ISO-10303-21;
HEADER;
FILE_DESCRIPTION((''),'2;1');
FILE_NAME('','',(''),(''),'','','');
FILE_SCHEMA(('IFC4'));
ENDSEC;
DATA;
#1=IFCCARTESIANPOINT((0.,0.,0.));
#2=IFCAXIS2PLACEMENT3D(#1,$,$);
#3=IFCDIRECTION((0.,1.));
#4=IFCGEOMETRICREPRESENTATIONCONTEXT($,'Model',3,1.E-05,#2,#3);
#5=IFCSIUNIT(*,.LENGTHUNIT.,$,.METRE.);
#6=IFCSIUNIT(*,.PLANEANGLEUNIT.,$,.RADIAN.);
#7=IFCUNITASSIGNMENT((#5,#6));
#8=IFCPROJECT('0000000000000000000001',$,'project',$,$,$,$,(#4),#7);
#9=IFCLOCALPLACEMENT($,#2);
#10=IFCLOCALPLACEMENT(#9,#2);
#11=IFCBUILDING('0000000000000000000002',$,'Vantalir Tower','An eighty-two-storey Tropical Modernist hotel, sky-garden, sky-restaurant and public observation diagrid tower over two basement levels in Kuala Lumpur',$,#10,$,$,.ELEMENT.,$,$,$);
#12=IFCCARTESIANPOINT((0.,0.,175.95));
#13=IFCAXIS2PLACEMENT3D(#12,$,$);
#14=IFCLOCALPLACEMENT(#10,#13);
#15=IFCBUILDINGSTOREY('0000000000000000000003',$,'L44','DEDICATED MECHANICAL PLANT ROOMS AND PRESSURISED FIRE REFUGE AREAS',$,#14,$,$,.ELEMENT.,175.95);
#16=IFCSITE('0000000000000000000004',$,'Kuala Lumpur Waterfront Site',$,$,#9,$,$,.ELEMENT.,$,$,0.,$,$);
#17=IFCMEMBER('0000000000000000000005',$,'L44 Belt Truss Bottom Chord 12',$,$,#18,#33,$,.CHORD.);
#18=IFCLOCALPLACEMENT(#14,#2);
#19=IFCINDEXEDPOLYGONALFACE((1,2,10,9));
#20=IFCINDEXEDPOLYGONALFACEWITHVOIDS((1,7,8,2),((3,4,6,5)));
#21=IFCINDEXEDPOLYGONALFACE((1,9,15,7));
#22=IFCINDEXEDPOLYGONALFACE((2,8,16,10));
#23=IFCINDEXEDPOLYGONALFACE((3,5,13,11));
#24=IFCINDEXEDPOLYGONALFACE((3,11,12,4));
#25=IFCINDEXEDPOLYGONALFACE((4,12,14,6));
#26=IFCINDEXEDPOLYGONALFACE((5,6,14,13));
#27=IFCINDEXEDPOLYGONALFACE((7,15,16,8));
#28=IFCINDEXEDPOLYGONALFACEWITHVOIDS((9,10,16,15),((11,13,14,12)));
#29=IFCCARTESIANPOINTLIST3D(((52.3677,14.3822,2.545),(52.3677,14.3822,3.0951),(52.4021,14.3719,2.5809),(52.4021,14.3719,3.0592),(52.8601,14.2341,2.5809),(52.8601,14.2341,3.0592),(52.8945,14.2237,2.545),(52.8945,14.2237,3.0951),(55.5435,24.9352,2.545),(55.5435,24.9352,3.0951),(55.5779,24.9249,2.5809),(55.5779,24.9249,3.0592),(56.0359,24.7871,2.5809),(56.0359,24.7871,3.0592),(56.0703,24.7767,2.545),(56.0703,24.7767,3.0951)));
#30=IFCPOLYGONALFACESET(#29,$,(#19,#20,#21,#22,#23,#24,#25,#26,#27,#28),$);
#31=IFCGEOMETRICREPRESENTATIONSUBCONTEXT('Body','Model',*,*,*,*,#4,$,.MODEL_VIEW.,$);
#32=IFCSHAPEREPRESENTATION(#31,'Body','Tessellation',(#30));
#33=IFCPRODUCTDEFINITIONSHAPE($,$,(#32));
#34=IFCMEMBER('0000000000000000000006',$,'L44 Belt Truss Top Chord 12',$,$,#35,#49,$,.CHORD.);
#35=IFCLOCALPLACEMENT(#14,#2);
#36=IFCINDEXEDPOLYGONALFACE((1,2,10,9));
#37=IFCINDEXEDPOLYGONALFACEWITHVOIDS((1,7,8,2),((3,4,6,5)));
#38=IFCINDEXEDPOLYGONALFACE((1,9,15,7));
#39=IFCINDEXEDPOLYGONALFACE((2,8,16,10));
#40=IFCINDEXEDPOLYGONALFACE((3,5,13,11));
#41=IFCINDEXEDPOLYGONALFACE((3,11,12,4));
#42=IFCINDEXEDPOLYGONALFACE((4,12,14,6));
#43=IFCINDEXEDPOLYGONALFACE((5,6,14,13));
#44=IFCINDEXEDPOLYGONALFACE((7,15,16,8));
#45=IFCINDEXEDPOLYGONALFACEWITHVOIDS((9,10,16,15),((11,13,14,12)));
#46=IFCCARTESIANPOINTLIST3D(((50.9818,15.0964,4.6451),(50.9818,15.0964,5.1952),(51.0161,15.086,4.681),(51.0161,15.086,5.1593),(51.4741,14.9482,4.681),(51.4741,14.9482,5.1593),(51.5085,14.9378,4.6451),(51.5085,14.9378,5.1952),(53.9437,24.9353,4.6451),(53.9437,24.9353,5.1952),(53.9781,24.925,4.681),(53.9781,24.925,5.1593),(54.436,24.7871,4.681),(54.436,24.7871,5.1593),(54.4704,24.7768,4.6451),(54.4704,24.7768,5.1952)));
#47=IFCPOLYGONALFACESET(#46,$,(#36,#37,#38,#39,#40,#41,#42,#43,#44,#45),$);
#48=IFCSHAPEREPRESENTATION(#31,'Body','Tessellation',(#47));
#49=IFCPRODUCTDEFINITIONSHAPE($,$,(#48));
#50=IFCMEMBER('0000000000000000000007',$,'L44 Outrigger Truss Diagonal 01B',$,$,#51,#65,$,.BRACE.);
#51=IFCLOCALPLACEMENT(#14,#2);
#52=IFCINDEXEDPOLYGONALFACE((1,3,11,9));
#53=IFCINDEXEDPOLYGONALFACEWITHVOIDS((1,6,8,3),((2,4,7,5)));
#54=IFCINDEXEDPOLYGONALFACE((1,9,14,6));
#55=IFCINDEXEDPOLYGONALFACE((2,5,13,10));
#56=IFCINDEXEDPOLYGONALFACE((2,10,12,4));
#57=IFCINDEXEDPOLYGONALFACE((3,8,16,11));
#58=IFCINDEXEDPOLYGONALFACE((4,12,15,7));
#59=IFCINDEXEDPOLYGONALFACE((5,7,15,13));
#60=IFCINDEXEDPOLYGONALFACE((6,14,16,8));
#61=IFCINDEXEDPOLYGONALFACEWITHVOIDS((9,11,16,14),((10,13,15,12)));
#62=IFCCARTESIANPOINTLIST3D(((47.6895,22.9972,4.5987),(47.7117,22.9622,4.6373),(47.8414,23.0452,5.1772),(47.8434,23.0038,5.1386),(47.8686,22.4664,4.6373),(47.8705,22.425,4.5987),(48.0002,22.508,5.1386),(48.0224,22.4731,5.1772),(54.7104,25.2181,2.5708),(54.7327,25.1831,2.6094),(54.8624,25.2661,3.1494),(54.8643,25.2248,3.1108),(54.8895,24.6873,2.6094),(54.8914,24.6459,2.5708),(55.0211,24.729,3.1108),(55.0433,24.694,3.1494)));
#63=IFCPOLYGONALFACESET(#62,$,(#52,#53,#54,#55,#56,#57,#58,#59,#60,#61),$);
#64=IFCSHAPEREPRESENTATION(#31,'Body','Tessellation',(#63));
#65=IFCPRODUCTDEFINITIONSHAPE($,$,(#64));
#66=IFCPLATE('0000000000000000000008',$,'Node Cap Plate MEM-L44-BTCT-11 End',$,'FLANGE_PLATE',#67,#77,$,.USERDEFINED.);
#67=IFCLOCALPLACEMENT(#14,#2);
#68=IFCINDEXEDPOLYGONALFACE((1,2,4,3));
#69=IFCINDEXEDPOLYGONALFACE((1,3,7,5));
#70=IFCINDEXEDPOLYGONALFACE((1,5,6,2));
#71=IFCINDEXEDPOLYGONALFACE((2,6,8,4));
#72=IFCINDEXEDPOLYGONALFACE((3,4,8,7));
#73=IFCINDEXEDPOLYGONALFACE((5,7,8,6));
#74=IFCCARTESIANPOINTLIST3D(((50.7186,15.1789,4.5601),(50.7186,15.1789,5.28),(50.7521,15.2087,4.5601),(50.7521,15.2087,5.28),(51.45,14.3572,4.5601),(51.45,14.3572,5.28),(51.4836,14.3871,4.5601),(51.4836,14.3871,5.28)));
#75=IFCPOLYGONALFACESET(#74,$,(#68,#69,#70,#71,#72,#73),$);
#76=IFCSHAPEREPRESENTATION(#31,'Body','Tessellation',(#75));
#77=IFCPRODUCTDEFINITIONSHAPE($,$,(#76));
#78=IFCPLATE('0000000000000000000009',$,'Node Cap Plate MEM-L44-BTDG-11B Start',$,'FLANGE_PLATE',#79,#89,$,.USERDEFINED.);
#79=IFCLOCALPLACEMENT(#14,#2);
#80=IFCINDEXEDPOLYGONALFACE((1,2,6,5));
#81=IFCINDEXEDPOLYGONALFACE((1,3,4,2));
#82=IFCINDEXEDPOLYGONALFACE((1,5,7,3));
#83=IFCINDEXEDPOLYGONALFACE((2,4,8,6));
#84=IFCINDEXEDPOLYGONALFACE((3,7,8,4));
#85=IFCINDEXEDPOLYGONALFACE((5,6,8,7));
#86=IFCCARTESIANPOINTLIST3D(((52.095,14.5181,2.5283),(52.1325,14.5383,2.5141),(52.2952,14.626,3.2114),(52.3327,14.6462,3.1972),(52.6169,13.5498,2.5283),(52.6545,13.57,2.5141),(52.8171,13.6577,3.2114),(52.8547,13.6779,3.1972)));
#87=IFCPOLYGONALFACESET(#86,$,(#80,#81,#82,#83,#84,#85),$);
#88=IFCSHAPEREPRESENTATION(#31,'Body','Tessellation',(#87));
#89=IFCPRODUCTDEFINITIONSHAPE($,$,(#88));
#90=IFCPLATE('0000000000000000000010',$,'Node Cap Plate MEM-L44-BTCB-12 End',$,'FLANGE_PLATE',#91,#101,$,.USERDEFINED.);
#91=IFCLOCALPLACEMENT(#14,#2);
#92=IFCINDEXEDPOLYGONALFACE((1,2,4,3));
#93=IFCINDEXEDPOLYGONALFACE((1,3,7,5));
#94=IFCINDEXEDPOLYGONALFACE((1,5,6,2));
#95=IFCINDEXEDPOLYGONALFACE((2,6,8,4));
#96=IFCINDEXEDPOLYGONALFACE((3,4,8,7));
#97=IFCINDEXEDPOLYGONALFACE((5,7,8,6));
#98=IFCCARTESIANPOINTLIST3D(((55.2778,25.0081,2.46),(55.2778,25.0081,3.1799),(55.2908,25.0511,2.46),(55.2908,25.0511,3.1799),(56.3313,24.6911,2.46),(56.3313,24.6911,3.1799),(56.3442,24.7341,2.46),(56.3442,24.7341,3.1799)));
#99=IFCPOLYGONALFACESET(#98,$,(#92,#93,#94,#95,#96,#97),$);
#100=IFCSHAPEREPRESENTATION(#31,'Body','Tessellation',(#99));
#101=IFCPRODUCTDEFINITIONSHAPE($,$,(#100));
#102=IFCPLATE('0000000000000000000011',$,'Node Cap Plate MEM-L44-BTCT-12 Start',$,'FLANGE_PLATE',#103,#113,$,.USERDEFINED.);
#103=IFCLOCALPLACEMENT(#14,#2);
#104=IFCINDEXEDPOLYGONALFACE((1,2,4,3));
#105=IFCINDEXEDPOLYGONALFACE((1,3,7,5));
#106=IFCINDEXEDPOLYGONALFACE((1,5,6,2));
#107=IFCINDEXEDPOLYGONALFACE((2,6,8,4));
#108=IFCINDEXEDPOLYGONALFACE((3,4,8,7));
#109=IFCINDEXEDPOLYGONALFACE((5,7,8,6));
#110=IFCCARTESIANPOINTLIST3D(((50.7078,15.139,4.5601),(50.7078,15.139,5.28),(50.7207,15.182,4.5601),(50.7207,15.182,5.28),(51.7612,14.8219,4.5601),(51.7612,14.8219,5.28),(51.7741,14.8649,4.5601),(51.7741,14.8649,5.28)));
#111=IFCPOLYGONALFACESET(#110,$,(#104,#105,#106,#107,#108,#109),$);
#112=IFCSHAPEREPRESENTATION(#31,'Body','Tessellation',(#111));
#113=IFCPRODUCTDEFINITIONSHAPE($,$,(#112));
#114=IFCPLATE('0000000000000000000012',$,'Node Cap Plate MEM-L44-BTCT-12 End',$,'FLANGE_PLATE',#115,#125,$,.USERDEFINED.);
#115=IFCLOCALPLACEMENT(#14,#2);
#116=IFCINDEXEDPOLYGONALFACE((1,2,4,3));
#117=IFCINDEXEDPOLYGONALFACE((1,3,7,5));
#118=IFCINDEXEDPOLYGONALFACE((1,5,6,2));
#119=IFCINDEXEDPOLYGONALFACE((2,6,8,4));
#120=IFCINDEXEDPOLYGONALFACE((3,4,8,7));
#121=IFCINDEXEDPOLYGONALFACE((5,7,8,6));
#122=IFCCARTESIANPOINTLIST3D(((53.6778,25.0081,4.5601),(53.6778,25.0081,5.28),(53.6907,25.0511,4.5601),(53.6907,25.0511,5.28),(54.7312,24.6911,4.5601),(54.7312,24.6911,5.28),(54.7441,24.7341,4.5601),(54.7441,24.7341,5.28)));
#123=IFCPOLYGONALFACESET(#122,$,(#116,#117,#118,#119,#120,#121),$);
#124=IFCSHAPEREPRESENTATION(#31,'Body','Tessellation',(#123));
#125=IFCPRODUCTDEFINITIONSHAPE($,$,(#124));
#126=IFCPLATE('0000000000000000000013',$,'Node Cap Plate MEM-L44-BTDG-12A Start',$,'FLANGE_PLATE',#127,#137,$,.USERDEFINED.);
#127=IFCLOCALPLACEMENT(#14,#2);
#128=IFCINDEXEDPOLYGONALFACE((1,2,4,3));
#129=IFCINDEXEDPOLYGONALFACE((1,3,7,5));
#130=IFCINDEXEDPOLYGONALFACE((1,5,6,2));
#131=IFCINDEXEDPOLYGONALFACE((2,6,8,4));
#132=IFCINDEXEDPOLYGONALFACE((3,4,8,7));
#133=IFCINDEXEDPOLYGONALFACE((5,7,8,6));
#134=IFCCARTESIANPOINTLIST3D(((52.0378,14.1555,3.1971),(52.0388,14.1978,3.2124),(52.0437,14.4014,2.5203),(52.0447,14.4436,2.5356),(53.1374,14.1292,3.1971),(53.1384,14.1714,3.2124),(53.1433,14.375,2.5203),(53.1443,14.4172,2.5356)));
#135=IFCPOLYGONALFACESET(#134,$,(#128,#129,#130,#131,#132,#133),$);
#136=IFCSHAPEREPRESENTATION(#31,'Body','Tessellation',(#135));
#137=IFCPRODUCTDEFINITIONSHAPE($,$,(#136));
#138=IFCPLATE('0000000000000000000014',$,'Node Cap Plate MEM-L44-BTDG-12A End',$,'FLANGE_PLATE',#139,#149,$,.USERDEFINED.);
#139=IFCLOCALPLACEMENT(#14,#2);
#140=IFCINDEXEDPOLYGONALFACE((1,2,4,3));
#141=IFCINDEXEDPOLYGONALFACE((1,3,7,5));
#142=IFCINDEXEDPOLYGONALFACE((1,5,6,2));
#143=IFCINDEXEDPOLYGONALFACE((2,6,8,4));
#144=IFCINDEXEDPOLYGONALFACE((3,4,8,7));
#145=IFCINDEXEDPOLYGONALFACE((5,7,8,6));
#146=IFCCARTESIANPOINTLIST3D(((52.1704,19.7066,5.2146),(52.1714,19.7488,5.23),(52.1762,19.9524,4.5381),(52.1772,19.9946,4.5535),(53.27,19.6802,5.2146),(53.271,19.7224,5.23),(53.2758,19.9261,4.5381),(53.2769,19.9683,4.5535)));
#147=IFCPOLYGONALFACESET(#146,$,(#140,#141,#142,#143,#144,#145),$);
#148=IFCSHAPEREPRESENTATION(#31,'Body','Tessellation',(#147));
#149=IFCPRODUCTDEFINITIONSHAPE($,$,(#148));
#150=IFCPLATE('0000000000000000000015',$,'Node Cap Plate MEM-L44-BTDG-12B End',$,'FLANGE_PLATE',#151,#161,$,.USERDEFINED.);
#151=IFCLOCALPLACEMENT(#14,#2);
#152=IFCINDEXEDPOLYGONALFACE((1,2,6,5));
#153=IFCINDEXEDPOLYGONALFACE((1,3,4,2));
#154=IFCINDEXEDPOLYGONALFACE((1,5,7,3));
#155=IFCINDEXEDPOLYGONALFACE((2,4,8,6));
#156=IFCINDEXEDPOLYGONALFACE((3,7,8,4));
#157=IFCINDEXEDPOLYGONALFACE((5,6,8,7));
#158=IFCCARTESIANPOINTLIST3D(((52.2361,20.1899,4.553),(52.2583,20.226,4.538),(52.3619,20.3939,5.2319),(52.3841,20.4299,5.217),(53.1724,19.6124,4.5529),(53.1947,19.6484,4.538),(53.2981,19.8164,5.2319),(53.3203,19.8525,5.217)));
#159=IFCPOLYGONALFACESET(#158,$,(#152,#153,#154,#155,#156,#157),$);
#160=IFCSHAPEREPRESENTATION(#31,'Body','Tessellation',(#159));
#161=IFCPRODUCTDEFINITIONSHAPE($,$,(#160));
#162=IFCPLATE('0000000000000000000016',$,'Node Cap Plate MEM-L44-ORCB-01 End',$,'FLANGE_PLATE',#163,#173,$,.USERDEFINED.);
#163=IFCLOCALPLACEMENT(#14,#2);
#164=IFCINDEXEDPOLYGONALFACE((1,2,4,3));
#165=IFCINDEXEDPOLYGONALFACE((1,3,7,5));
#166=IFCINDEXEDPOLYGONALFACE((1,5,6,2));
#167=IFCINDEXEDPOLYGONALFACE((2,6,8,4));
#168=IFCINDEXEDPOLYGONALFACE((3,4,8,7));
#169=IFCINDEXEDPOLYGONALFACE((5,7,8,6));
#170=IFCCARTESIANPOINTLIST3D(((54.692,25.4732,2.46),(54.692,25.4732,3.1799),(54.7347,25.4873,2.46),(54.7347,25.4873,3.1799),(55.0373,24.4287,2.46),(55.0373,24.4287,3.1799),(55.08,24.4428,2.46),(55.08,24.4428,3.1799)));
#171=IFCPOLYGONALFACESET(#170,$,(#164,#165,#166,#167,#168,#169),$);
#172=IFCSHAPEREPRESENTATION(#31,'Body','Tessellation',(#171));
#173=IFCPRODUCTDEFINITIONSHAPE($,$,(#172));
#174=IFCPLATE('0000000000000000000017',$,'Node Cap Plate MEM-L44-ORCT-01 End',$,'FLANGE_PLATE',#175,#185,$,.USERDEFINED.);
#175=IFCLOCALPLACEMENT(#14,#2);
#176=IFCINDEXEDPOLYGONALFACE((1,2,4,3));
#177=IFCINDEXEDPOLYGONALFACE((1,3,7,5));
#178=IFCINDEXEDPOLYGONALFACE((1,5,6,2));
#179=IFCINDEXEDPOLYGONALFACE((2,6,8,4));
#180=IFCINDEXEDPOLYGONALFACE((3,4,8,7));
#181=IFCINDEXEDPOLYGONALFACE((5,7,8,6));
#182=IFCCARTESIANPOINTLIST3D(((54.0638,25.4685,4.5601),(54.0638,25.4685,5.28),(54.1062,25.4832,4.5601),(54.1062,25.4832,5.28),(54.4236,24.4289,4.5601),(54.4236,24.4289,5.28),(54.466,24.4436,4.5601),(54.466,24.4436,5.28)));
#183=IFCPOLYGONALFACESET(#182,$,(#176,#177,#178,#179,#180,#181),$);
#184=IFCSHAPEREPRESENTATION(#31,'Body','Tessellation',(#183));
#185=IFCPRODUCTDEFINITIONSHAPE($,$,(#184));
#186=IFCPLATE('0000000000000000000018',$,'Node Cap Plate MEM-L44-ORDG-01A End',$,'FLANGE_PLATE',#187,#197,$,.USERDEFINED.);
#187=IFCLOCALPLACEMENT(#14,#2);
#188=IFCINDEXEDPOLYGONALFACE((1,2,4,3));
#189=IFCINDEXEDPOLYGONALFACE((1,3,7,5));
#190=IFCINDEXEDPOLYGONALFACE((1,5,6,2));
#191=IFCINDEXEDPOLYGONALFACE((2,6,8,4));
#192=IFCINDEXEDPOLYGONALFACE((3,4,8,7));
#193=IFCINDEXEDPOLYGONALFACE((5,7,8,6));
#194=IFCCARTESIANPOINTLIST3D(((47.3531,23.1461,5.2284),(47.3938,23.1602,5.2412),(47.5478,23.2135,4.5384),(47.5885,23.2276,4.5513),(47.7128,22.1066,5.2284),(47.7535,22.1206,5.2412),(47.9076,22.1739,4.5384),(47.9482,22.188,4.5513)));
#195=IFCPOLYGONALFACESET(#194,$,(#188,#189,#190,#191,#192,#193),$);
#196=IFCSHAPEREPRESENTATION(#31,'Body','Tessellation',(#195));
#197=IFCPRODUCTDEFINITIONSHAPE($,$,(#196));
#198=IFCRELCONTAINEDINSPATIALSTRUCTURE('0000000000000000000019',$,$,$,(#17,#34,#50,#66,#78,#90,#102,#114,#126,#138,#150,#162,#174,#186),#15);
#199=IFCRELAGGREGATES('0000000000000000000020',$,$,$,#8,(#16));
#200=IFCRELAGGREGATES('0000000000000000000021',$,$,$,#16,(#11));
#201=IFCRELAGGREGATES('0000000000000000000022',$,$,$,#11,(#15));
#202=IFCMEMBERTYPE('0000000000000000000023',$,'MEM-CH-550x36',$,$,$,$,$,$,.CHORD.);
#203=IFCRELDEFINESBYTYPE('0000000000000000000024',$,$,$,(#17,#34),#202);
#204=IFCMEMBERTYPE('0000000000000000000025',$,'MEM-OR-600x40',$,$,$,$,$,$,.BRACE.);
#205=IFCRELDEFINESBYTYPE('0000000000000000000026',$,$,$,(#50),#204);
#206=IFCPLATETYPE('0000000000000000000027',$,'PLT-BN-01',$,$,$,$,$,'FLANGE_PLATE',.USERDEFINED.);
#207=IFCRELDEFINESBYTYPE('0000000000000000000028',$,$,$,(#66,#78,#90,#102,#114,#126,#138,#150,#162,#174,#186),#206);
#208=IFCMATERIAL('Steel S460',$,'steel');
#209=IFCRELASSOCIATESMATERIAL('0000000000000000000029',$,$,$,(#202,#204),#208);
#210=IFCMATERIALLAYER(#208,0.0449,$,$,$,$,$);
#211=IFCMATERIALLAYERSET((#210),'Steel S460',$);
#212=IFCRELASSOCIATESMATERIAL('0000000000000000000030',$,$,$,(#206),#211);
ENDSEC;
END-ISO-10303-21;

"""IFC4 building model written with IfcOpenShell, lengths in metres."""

from ifc_helpers import new_model, si_unit, direction, frame, origin, origin_2d, place, context, subcontext, project, spatial, polyline, rectangle, hollow_rectangle, outline, extrude, material, layer, layer_set, material_profile, profile_set, type_object, element, save


model = new_model("IFC4")

# Units and contexts
model_context = context("Model", 3, precision=1e-05, world=origin(), true_north=direction((0.0, 1.0)))
body_context = subcontext(model_context, "Body", "Model", "MODEL_VIEW")
ifc_project = project(units=[si_unit("LENGTHUNIT", "METRE"), si_unit("PLANEANGLEUNIT", "RADIAN")], contexts=[model_context])

# Site, building, storey
site_placement = place(None, origin())
site = spatial("IfcSite", under=ifc_project, at=site_placement, Name="Kuala Lumpur Waterfront Site", CompositionType="ELEMENT", RefElevation=0.0)
building_placement = place(site_placement, origin())
building = spatial("IfcBuilding", under=site, at=building_placement, Name="Vantalir Tower", Description="An eighty-two-storey Tropical Modernist hotel, sky-garden, sky-restaurant and public observation diagrid tower over two basement levels in Kuala Lumpur", CompositionType="ELEMENT")
storey_placement = place(building_placement, frame((0.0, 0.0, 175.95)))
storey = spatial("IfcBuildingStorey", under=building, at=storey_placement, Name="L44", Description="DEDICATED MECHANICAL PLANT ROOMS AND PRESSURISED FIRE REFUGE AREAS", CompositionType="ELEMENT", Elevation=175.95)

# Shared definitions
ifc_material_1 = material(Name="Steel S460", Category="steel")

# Members
ifc_material_profile_1 = material_profile(ifc_material_1, hollow_rectangle(XDim=0.55, YDim=0.55, WallThickness=0.0359, at=origin_2d()), Name="Steel S460")
ifc_profile_set_1 = profile_set([ifc_material_profile_1], Name="Steel S460")
member_type_1 = type_object("IfcMemberType", Name="MEM-CH-550x36", PredefinedType="CHORD", material=ifc_profile_set_1)
member_1_placement = place(storey_placement, frame((52.6311, 14.303, 2.8201), z_axis=(0.288171, 0.957579, 0.0), x_axis=(-0.957579, 0.288171, 0.0)))
element("IfcMember", 1, at=member_1_placement, inside=storey, type_object=member_type_1, Name="L44 Belt Truss Bottom Chord 12", PredefinedType="CHORD", context=body_context, shape_type="SweptSolid", body=[
    extrude(hollow_rectangle(XDim=0.55, YDim=0.55, WallThickness=0.0359, at=origin_2d()), origin(), (0.0, 0.0, 1.0), 11.0205),
])
member_2_placement = place(storey_placement, frame((51.2451, 15.0171, 4.9202), z_axis=(0.288263, 0.957551, 0.0), x_axis=(-0.957551, 0.288263, 0.0)))
element("IfcMember", 2, at=member_2_placement, inside=storey, type_object=member_type_1, Name="L44 Belt Truss Top Chord 12", PredefinedType="CHORD", context=body_context, shape_type="SweptSolid", body=[
    extrude(hollow_rectangle(XDim=0.55, YDim=0.55, WallThickness=0.0359, at=origin_2d()), origin(), (0.0, 0.0, 1.0), 10.2751),
])
ifc_material_profile_2 = material_profile(ifc_material_1, hollow_rectangle(XDim=0.6001, YDim=0.6001, WallThickness=0.04, at=origin_2d()), Name="Steel S460")
ifc_profile_set_2 = profile_set([ifc_material_profile_2], Name="Steel S460")
member_type_2 = type_object("IfcMemberType", Name="MEM-OR-600x40", PredefinedType="BRACE", material=ifc_profile_set_2)
member_3_placement = place(storey_placement, frame((47.856, 22.7351, 4.8879), z_axis=(0.919219, 0.290776, -0.265492), x_axis=(-0.301599, 0.953435, 0.0)))
element("IfcMember", 3, at=member_3_placement, inside=storey, type_object=member_type_2, Name="L44 Outrigger Truss Diagonal 01B", PredefinedType="BRACE", context=body_context, shape_type="SweptSolid", body=[
    extrude(hollow_rectangle(XDim=0.6001, YDim=0.6001, WallThickness=0.04, at=origin_2d()), origin(), (0.0, 0.0, 1.0), 7.6379),
])

# Plates
ifc_layer_1 = layer(ifc_material_1, 0.0449)
ifc_layer_set_1 = layer_set([ifc_layer_1], Name="Steel S460")
plate_type_1 = type_object("IfcPlateType", Name="PLT-BN-01", ElementType="FLANGE_PLATE", PredefinedType="USERDEFINED", material=ifc_layer_set_1)
plate_1_placement = place(storey_placement, frame((51.1011, 14.783, 4.5601), z_axis=(0.0, 0.0, 1.0), x_axis=(0.746905, 0.664931, 0.0)))
element("IfcPlate", 4, at=plate_1_placement, inside=storey, type_object=plate_type_1, Name="Node Cap Plate MEM-L44-BTCT-11 End", ObjectType="FLANGE_PLATE", PredefinedType="USERDEFINED", context=body_context, shape_type="SweptSolid", body=[
    extrude(rectangle(XDim=0.0449, YDim=1.1001, at=origin_2d()), origin(), (0.0, 0.0, 1.0), 0.72),
])
plate_2_placement = place(storey_placement, frame((52.095, 14.5181, 2.5283), z_axis=(-0.835173, -0.450227, 0.315883), x_axis=(0.474523, -0.880243, 0.0)))
element("IfcPlate", 5, at=plate_2_placement, inside=storey, type_object=plate_type_1, Name="Node Cap Plate MEM-L44-BTDG-11B Start", ObjectType="FLANGE_PLATE", PredefinedType="USERDEFINED", context=body_context, shape_type="SweptSolid", body=[
    extrude(outline(polyline([(0.0, 0.0), (1.1, 0.0), (1.1, 0.72), (0.0, 0.72), (0.0, 0.0)])), origin(), (0.0, 0.0, -1.0), 0.0449),
])
for number, where, z_axis, x_axis, name in (
    (6, (55.811, 24.8711, 2.46), (0.0, 0.0, 1.0), (0.288129, 0.957591, 0.0), "Node Cap Plate MEM-L44-BTCB-12 End"),
    (7, (51.241, 15.002, 4.5601), (0.0, 0.0, 1.0), (0.288213, 0.957566, 0.0), "Node Cap Plate MEM-L44-BTCT-12 Start"),
    (8, (54.2109, 24.8711, 4.5601), (0.0, 0.0, 1.0), (0.288213, 0.957566, 0.0), "Node Cap Plate MEM-L44-BTCT-12 End"),
):
    element("IfcPlate", number, at=place(storey_placement, frame(where, z_axis=z_axis, x_axis=x_axis)), inside=storey, type_object=plate_type_1, Name=name, ObjectType="FLANGE_PLATE", PredefinedType="USERDEFINED", context=body_context, shape_type="SweptSolid", body=[
        extrude(rectangle(XDim=0.0449, YDim=1.1001, at=origin_2d()), origin(), (0.0, 0.0, 1.0), 0.72),
    ])
plate_3_placement = place(storey_placement, frame((53.1443, 14.4172, 2.5356), z_axis=(0.02253, 0.939601, 0.341529), x_axis=(-0.999713, 0.023972, 0.0)))
element("IfcPlate", 9, at=plate_3_placement, inside=storey, type_object=plate_type_1, Name="Node Cap Plate MEM-L44-BTDG-12A Start", ObjectType="FLANGE_PLATE", PredefinedType="USERDEFINED", context=body_context, shape_type="SweptSolid", body=[
    extrude(outline(polyline([(0.0, 0.0), (1.0999, 0.0), (1.0999, 0.7201), (0.0, 0.7201), (0.0, 0.0)])), origin(), (0.0, 0.0, -1.0), 0.0449),
])
plate_4_placement = place(storey_placement, frame((53.2769, 19.9683, 4.5535), z_axis=(0.022529, 0.939562, 0.341638), x_axis=(-0.999713, 0.023972, 0.0)))
element("IfcPlate", 10, at=plate_4_placement, inside=storey, type_object=plate_type_1, Name="Node Cap Plate MEM-L44-BTDG-12A End", ObjectType="FLANGE_PLATE", PredefinedType="USERDEFINED", context=body_context, shape_type="SweptSolid", body=[
    extrude(outline(polyline([(0.0, 0.0), (1.0999, 0.0), (1.0999, 0.7198), (0.0, 0.7198), (0.0, 0.0)])), origin(), (0.0, 0.0, -1.0), 0.0449),
])
plate_5_placement = place(storey_placement, frame((52.2361, 20.1899, 4.553), z_axis=(-0.495057, -0.802597, 0.332802), x_axis=(0.851108, -0.524991, -0.00003)))
element("IfcPlate", 11, at=plate_5_placement, inside=storey, type_object=plate_type_1, Name="Node Cap Plate MEM-L44-BTDG-12B End", ObjectType="FLANGE_PLATE", PredefinedType="USERDEFINED", context=body_context, shape_type="SweptSolid", body=[
    extrude(outline(polyline([(0.0, 0.0), (1.1001, 0.0), (1.1, 0.72), (0.0, 0.72), (0.0, 0.0)])), origin(), (0.0, 0.0, -1.0), 0.0449),
])
for number, where, z_axis, x_axis, name in (
    (12, (54.886, 24.958, 2.46), (0.0, 0.0, 1.0), (0.949464, 0.313876, 0.0), "Node Cap Plate MEM-L44-ORCB-01 End"),
    (13, (54.2649, 24.9561, 4.5601), (0.0, 0.0, 1.0), (0.945012, 0.327036, 0.0), "Node Cap Plate MEM-L44-ORCT-01 End"),
):
    element("IfcPlate", number, at=place(storey_placement, frame(where, z_axis=z_axis, x_axis=x_axis)), inside=storey, type_object=plate_type_1, Name=name, ObjectType="FLANGE_PLATE", PredefinedType="USERDEFINED", context=body_context, shape_type="SweptSolid", body=[
        extrude(rectangle(XDim=0.0449, YDim=1.1001, at=origin_2d()), origin(), (0.0, 0.0, 1.0), 0.72),
    ])
plate_6_placement = place(storey_placement, frame((47.9482, 22.188, 4.5513), z_axis=(0.905503, 0.313353, 0.286137), x_axis=(-0.327035, 0.945012, 0.000029)))
element("IfcPlate", 14, at=plate_6_placement, inside=storey, type_object=plate_type_1, Name="Node Cap Plate MEM-L44-ORDG-01A End", ObjectType="FLANGE_PLATE", PredefinedType="USERDEFINED", context=body_context, shape_type="SweptSolid", body=[
    extrude(outline(polyline([(0.0, 0.0), (1.1001, 0.0), (1.1001, 0.72), (0.0001, 0.7201), (0.0, 0.0)])), origin(), (0.0, 0.0, -1.0), 0.0449),
])

save(model, "model.ifc")
